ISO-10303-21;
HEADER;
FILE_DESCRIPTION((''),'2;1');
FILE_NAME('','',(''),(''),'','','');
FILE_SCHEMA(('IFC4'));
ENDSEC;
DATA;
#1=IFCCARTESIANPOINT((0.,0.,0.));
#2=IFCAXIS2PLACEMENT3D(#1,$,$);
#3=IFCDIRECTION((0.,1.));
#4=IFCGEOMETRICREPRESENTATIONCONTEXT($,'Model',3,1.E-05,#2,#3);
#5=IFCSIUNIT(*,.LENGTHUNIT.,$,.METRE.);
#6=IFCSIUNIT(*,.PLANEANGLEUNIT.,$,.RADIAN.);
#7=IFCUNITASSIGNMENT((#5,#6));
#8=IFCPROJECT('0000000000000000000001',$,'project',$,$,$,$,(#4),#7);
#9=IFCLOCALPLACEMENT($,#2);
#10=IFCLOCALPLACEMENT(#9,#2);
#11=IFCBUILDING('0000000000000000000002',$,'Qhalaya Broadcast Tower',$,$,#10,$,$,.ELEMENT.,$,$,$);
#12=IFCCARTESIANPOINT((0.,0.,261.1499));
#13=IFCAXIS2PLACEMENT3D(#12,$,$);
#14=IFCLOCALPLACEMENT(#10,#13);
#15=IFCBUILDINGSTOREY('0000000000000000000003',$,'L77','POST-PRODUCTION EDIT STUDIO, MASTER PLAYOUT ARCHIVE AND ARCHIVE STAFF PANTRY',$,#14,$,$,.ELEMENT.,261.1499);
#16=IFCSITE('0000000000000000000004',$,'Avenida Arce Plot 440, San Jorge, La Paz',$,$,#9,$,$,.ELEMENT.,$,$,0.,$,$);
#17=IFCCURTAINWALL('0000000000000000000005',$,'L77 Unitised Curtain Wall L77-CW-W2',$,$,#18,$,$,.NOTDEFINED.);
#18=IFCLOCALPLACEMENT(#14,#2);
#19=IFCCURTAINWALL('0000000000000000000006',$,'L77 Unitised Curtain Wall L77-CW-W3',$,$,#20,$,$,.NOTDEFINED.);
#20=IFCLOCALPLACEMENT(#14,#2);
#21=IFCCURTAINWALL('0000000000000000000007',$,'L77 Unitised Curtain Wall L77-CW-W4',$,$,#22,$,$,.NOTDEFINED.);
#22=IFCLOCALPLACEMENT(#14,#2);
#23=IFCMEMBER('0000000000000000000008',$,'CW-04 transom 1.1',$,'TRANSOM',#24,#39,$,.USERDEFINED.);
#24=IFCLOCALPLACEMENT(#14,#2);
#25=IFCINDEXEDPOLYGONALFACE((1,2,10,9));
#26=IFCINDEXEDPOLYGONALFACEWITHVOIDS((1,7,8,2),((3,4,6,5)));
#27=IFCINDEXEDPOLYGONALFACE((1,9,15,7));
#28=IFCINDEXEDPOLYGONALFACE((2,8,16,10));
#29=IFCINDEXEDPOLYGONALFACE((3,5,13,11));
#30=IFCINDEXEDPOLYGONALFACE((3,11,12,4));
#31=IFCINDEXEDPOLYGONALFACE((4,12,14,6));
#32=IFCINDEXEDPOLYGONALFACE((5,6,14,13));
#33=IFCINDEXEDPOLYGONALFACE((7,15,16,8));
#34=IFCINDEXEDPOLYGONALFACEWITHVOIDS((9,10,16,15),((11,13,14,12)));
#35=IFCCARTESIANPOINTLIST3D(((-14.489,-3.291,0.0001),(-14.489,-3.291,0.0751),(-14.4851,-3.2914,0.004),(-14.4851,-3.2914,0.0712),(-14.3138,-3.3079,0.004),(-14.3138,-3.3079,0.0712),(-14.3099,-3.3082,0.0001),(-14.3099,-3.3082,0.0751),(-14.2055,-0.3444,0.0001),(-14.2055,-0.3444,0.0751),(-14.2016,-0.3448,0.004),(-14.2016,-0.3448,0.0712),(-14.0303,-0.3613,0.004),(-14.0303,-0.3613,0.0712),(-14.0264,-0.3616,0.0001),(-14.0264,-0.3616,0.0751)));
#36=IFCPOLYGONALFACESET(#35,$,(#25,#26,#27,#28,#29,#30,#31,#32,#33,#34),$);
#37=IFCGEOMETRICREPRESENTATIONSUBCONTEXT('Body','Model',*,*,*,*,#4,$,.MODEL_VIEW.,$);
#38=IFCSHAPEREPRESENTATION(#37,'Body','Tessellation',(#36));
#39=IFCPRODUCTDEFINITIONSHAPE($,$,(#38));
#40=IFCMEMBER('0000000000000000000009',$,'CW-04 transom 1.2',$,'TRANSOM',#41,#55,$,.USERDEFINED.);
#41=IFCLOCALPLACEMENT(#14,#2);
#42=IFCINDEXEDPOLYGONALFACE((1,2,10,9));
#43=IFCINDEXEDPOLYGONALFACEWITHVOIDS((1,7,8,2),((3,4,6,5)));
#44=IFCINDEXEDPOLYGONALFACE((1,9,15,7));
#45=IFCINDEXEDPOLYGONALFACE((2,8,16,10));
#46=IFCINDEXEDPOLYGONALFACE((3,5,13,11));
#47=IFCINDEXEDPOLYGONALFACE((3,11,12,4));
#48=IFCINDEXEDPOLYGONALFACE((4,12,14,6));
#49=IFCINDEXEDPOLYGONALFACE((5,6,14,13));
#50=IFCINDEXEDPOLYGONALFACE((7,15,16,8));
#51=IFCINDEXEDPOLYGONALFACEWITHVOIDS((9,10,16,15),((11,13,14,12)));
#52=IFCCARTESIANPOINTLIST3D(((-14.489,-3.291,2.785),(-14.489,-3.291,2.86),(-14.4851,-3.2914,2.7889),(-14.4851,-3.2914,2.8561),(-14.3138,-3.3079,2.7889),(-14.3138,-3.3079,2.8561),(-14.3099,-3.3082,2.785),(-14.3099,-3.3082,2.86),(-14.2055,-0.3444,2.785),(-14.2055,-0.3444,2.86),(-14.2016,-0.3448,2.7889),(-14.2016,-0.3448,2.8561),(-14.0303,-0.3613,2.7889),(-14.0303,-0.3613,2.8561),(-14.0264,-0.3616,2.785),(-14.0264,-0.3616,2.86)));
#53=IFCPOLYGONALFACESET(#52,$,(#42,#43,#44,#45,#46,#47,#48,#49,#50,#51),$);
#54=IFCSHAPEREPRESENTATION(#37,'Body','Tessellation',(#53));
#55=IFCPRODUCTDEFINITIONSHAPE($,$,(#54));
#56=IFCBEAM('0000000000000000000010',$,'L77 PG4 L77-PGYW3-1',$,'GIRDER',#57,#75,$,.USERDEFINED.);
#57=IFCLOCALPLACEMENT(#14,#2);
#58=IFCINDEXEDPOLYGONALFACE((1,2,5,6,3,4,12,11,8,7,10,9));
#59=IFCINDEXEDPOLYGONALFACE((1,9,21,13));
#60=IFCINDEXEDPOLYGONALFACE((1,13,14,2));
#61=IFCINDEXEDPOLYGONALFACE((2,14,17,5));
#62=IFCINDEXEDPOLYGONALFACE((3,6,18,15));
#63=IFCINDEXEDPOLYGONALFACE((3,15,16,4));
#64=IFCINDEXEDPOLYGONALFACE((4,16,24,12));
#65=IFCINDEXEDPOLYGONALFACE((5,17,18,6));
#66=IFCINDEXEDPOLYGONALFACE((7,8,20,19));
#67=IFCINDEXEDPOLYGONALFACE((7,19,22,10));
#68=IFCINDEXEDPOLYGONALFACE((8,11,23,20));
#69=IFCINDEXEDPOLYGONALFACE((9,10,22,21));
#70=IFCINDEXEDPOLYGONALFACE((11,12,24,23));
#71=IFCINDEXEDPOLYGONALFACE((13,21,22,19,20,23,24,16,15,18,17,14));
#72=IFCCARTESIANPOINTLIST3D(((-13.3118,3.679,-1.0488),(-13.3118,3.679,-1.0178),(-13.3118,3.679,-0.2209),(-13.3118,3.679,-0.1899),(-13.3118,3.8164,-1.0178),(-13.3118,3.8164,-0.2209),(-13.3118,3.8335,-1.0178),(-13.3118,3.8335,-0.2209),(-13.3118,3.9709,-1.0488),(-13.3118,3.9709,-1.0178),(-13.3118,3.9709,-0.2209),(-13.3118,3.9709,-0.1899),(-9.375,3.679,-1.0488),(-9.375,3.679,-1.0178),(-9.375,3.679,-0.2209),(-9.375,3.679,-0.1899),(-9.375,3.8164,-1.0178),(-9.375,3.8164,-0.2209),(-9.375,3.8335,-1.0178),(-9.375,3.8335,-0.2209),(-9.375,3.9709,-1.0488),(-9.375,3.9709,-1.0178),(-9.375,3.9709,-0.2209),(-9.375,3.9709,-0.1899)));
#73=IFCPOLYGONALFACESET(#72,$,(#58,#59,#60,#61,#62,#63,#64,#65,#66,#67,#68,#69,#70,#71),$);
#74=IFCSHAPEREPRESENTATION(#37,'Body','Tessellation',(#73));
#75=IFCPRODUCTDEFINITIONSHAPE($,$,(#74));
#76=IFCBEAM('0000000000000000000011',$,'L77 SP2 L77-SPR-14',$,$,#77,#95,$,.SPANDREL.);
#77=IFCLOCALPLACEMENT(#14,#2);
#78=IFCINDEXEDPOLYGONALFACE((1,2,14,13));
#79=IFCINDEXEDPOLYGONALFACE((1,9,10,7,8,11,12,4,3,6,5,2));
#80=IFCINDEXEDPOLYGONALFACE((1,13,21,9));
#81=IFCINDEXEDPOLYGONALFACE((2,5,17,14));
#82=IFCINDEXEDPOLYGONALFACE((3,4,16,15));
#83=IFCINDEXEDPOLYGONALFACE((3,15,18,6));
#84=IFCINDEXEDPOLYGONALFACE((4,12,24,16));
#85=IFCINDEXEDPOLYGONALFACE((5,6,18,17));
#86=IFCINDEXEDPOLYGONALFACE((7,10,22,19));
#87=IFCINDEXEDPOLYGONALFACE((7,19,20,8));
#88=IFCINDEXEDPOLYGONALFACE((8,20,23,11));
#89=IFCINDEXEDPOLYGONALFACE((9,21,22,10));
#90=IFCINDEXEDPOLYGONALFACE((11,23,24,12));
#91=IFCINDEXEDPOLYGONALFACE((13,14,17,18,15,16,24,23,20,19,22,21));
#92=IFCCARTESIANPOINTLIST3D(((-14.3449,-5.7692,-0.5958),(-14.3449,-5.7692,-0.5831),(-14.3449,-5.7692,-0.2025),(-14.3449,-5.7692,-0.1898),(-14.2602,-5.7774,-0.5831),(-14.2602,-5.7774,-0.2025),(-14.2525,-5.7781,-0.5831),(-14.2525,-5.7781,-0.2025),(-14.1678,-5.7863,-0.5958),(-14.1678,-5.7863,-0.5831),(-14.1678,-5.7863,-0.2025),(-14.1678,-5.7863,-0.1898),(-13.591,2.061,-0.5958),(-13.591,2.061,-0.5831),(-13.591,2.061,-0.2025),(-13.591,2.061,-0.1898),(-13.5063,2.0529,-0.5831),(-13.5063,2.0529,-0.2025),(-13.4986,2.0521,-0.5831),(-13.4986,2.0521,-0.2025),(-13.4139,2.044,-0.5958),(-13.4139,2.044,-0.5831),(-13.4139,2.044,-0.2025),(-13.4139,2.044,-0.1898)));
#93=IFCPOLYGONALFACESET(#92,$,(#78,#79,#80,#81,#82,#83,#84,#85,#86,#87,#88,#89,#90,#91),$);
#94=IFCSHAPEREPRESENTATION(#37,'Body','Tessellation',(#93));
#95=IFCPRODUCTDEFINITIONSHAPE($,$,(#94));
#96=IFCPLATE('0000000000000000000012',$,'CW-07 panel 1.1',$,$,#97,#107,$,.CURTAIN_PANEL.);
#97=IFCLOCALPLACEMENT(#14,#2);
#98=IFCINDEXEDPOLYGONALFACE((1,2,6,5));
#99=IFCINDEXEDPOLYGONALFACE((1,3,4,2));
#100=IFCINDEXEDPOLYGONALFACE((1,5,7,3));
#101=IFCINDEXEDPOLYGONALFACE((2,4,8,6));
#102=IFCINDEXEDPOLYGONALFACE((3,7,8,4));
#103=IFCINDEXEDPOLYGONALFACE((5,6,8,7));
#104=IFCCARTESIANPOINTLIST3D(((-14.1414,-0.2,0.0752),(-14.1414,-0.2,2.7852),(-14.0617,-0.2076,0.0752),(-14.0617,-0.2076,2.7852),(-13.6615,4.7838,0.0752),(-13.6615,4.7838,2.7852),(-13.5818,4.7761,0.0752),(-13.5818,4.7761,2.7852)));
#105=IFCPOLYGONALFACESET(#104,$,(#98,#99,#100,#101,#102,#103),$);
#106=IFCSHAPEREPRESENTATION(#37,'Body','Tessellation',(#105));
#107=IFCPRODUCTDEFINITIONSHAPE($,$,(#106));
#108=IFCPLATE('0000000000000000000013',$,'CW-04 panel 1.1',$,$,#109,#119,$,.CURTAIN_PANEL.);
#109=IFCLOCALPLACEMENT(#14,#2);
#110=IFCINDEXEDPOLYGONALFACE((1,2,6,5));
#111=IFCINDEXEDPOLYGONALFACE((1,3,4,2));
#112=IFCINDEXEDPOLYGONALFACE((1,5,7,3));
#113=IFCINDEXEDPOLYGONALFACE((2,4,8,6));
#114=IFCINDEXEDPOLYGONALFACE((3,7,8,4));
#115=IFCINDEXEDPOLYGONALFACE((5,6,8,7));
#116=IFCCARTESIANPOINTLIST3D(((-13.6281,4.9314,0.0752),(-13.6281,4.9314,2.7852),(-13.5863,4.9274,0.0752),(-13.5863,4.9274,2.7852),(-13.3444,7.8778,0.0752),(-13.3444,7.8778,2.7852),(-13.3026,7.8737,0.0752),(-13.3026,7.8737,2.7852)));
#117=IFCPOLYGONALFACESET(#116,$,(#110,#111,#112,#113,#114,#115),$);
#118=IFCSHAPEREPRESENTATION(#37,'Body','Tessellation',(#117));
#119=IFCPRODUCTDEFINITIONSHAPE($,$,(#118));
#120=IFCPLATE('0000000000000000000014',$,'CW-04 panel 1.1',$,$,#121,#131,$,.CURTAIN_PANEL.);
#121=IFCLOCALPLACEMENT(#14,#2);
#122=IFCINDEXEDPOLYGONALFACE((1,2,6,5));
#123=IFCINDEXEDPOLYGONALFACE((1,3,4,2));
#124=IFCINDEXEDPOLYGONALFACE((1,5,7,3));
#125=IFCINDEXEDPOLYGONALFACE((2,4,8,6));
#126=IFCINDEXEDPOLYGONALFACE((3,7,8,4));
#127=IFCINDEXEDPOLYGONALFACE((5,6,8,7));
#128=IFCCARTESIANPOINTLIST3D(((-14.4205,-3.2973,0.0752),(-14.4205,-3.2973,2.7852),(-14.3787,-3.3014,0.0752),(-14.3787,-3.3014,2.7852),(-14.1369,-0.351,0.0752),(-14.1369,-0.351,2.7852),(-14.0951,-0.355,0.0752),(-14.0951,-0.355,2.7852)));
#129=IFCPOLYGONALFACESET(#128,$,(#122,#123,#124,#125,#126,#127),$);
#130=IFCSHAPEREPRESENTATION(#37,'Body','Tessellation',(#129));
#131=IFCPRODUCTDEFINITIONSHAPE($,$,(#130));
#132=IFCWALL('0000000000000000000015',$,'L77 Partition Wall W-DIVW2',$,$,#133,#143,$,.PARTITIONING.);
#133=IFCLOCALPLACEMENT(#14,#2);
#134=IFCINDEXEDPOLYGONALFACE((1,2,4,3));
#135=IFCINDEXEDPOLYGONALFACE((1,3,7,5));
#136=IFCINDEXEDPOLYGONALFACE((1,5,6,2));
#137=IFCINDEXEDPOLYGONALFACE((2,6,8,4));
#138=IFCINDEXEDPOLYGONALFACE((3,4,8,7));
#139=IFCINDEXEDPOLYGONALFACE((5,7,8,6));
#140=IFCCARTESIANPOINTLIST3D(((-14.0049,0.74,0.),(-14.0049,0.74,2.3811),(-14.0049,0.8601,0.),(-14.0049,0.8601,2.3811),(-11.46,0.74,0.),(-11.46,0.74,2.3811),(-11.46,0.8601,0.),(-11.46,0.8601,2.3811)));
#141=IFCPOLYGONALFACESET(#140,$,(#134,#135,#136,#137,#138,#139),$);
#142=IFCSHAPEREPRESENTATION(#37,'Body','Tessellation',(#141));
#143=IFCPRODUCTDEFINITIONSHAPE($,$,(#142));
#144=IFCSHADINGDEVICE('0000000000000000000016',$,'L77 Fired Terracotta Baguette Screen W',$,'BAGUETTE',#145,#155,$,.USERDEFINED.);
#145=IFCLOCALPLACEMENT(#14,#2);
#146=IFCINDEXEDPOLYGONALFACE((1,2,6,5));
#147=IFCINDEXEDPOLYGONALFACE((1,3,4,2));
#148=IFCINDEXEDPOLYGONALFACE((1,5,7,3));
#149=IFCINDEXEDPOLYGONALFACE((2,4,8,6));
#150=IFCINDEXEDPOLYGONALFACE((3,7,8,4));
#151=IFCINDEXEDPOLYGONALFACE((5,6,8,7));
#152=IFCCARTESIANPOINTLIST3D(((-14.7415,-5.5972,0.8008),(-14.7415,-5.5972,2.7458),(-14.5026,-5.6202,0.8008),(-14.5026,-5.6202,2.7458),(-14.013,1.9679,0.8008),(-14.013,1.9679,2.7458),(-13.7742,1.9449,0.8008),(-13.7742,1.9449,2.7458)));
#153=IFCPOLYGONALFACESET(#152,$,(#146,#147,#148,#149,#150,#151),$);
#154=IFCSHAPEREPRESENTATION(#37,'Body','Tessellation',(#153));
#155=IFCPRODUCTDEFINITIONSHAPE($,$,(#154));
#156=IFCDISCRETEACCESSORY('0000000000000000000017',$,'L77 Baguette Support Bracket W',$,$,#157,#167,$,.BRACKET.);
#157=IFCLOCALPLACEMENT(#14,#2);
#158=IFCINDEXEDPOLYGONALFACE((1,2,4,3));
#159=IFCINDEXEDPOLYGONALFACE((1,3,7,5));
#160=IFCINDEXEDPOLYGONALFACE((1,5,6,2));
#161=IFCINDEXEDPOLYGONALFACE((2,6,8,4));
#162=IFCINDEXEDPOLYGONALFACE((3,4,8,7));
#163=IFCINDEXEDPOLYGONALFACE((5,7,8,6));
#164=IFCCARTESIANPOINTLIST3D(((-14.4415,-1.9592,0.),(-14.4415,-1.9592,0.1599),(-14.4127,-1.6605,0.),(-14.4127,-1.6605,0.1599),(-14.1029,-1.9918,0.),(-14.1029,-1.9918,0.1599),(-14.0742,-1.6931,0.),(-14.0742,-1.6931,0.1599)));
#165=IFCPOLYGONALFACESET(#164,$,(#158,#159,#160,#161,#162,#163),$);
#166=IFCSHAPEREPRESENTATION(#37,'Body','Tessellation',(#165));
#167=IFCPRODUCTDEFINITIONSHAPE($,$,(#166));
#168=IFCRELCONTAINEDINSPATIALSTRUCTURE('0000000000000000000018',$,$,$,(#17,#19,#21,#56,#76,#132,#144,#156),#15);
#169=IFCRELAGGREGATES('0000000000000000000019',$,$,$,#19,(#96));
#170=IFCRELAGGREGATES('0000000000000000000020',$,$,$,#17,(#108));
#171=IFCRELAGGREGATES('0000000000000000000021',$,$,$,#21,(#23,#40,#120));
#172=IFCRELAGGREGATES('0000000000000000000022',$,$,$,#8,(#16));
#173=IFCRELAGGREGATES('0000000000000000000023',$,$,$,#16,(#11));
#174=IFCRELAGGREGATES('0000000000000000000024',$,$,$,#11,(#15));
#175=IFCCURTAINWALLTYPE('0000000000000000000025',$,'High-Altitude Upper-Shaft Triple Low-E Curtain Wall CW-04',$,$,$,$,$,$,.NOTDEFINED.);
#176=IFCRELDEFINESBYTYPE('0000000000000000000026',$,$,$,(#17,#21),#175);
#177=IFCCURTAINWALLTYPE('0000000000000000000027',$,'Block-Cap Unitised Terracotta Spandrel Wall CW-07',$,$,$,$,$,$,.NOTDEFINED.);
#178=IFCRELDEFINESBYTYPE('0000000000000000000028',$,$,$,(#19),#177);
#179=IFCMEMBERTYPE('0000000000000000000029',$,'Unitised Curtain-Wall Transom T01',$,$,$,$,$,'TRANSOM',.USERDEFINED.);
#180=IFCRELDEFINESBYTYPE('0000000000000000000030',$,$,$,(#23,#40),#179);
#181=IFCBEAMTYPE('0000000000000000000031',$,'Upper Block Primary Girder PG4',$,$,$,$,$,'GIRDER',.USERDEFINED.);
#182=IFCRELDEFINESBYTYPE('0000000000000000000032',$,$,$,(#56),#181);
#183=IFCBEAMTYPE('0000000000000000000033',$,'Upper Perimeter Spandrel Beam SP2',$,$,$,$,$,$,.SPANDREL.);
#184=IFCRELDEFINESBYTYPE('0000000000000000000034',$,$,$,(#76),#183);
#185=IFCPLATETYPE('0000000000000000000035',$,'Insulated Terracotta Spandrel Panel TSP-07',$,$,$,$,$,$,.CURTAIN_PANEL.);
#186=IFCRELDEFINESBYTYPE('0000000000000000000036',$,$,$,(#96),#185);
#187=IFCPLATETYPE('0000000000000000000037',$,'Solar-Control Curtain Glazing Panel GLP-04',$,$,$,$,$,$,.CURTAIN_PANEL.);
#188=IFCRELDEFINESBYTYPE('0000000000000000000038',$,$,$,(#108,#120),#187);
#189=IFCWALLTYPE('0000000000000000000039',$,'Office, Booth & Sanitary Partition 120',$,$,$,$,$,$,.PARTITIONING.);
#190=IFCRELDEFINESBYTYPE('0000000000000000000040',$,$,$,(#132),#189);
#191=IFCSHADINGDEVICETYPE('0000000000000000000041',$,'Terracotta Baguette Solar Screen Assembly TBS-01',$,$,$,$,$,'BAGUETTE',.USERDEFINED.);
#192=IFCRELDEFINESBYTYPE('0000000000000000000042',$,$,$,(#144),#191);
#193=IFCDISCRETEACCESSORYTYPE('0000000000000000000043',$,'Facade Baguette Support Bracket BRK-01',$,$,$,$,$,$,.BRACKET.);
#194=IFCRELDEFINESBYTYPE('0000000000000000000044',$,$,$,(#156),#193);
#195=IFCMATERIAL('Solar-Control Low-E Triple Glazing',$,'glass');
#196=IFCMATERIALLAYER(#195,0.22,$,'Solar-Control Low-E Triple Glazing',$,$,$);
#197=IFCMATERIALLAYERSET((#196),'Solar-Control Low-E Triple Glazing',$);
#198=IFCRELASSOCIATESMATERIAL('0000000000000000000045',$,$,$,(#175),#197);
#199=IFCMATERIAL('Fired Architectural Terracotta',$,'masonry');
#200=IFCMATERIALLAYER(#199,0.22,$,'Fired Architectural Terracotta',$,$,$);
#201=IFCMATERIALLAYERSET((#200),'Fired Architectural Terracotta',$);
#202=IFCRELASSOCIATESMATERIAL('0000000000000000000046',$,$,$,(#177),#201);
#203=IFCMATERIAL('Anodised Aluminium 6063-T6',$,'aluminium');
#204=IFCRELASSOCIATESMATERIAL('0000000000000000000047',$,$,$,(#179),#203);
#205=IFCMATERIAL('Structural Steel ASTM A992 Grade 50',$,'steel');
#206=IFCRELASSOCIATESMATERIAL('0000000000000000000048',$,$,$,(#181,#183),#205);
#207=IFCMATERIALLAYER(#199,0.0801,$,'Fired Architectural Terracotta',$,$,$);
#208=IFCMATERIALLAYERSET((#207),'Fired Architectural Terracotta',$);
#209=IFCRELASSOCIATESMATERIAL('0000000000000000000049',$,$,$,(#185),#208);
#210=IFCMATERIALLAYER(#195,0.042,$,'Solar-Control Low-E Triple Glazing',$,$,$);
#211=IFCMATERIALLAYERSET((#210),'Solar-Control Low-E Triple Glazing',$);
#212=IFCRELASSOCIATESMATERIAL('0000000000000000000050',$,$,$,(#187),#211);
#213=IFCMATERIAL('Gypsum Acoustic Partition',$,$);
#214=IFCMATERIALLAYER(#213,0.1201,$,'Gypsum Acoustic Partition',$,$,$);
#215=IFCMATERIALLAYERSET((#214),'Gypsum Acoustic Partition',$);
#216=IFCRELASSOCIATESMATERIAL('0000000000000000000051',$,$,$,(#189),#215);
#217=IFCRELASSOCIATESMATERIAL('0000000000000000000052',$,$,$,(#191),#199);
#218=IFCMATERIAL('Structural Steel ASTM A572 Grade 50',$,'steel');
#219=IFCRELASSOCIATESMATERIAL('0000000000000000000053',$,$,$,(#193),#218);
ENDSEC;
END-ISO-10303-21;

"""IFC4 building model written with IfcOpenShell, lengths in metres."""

from ifc_helpers import new_model, si_unit, direction, frame, frame_2d, origin, origin_2d, place, context, subcontext, project, spatial, rectangle, hollow_rectangle, i_section, extrude, material, layer, layer_set, material_profile, profile_set, type_object, element, aggregate, save


model = new_model("IFC4")

# Units and contexts
model_context = context("Model", 3, precision=1e-05, world=origin(), true_north=direction((0.0, 1.0)))
body_context = subcontext(model_context, "Body", "Model", "MODEL_VIEW")
ifc_project = project(units=[si_unit("LENGTHUNIT", "METRE"), si_unit("PLANEANGLEUNIT", "RADIAN")], contexts=[model_context])

# Site, building, storey
site_placement = place(None, origin())
site = spatial("IfcSite", under=ifc_project, at=site_placement, Name="Avenida Arce Plot 440, San Jorge, La Paz", CompositionType="ELEMENT", RefElevation=0.0)
building_placement = place(site_placement, origin())
building = spatial("IfcBuilding", under=site, at=building_placement, Name="Qhalaya Broadcast Tower", CompositionType="ELEMENT")
storey_placement = place(building_placement, frame((0.0, 0.0, 261.1499)))
storey = spatial("IfcBuildingStorey", under=building, at=storey_placement, Name="L77", Description="POST-PRODUCTION EDIT STUDIO, MASTER PLAYOUT ARCHIVE AND ARCHIVE STAFF PANTRY", CompositionType="ELEMENT", Elevation=261.1499)

# Shared definitions
ifc_material_1 = material(Name="Structural Steel ASTM A572 Grade 50", Category="steel")

# Shared definitions
ifc_material_2 = material(Name="Structural Steel ASTM A992 Grade 50", Category="steel")

# Curtain wall
ifc_material_3 = material(Name="Solar-Control Low-E Triple Glazing", Category="glass")
ifc_layer_1 = layer(ifc_material_3, 0.22, Name="Solar-Control Low-E Triple Glazing")
ifc_layer_set_1 = layer_set([ifc_layer_1], Name="Solar-Control Low-E Triple Glazing")
curtain_wall_type_1 = type_object("IfcCurtainWallType", Name="High-Altitude Upper-Shaft Triple Low-E Curtain Wall CW-04", PredefinedType="NOTDEFINED", material=ifc_layer_set_1)
curtain_wall_1_placement = place(storey_placement, origin())
curtain_wall_1 = element("IfcCurtainWall", 1, at=curtain_wall_1_placement, inside=storey, type_object=curtain_wall_type_1, Name="L77 Unitised Curtain Wall L77-CW-W2", PredefinedType="NOTDEFINED")
ifc_material_4 = material(Name="Anodised Aluminium 6063-T6", Category="aluminium")

# Curtain wall
ifc_material_5 = material(Name="Fired Architectural Terracotta", Category="masonry")
ifc_layer_2 = layer(ifc_material_5, 0.22, Name="Fired Architectural Terracotta")
ifc_layer_set_2 = layer_set([ifc_layer_2], Name="Fired Architectural Terracotta")
curtain_wall_type_2 = type_object("IfcCurtainWallType", Name="Block-Cap Unitised Terracotta Spandrel Wall CW-07", PredefinedType="NOTDEFINED", material=ifc_layer_set_2)
curtain_wall_2_placement = place(storey_placement, origin())
curtain_wall_2 = element("IfcCurtainWall", 2, at=curtain_wall_2_placement, inside=storey, type_object=curtain_wall_type_2, Name="L77 Unitised Curtain Wall L77-CW-W3", PredefinedType="NOTDEFINED")

# Curtain wall
curtain_wall_3_placement = place(storey_placement, origin())
curtain_wall_3 = element("IfcCurtainWall", 3, at=curtain_wall_3_placement, inside=storey, type_object=curtain_wall_type_1, Name="L77 Unitised Curtain Wall L77-CW-W4", PredefinedType="NOTDEFINED")

# Members
ifc_material_profile_1 = material_profile(ifc_material_4, hollow_rectangle(XDim=0.075, YDim=0.1799, WallThickness=0.0039, at=origin_2d()), Name="ALU-TRN 75x180x4")
ifc_profile_set_1 = profile_set([ifc_material_profile_1], Name="Anodised Aluminium 6063-T6")
member_type_1 = type_object("IfcMemberType", Name="Unitised Curtain-Wall Transom T01", ElementType="TRANSOM", PredefinedType="USERDEFINED", material=ifc_profile_set_1)
member_1_placement = place(storey_placement, frame((-14.116, -0.353, 0.0376), z_axis=(-0.095755, -0.995405, 0.0), x_axis=(0.0, 0.0, 1.0)))
member_1 = element("IfcMember", 4, at=member_1_placement, type_object=member_type_1, Name="CW-04 transom 1.1", ObjectType="TRANSOM", PredefinedType="USERDEFINED", context=body_context, shape_type="SweptSolid", body=[
    extrude(hollow_rectangle(XDim=0.075, YDim=0.1799, WallThickness=0.0039, at=origin_2d()), origin(), (0.0, 0.0, 1.0), 2.9602),
])
member_2_placement = place(storey_placement, frame((-14.116, -0.353, 2.8225), z_axis=(-0.095755, -0.995405, 0.0), x_axis=(0.0, 0.0, 1.0)))
member_2 = element("IfcMember", 5, at=member_2_placement, type_object=member_type_1, Name="CW-04 transom 1.2", ObjectType="TRANSOM", PredefinedType="USERDEFINED", context=body_context, shape_type="SweptSolid", body=[
    extrude(hollow_rectangle(XDim=0.075, YDim=0.1799, WallThickness=0.0039, at=origin_2d()), origin(), (0.0, 0.0, 1.0), 2.9602),
])

# Beams
ifc_material_profile_2 = material_profile(ifc_material_2, i_section(OverallWidth=0.292, OverallDepth=0.8589, WebThickness=0.0171, FlangeThickness=0.031, at=origin_2d()), Name="W33X169")
ifc_profile_set_2 = profile_set([ifc_material_profile_2], Name="Structural Steel ASTM A992 Grade 50")
beam_type_1 = type_object("IfcBeamType", Name="Upper Block Primary Girder PG4", ElementType="GIRDER", PredefinedType="USERDEFINED", material=ifc_profile_set_2)
beam_1_placement = place(storey_placement, frame((-13.3118, 3.825, -0.6194), z_axis=(1.0, 0.0, 0.0), x_axis=(0.0, 1.0, 0.0)))
element("IfcBeam", 6, at=beam_1_placement, inside=storey, type_object=beam_type_1, Name="L77 PG4 L77-PGYW3-1", ObjectType="GIRDER", PredefinedType="USERDEFINED", context=body_context, shape_type="SweptSolid", body=[
    extrude(i_section(OverallWidth=0.292, OverallDepth=0.8589, WebThickness=0.0171, FlangeThickness=0.031, at=origin_2d()), origin(), (0.0, 0.0, 1.0), 3.9368),
])
ifc_material_profile_3 = material_profile(ifc_material_2, i_section(OverallWidth=0.178, OverallDepth=0.406, WebThickness=0.0078, FlangeThickness=0.0127, at=origin_2d()), Name="W16X40")
ifc_profile_set_3 = profile_set([ifc_material_profile_3], Name="Structural Steel ASTM A992 Grade 50")
beam_type_2 = type_object("IfcBeamType", Name="Upper Perimeter Spandrel Beam SP2", PredefinedType="SPANDREL", material=ifc_profile_set_3)
beam_2_placement = place(storey_placement, frame((-13.5024, 2.0525, -0.3928), z_axis=(-0.095837, -0.995397, 0.0), x_axis=(0.995397, -0.095837, 0.0)))
element("IfcBeam", 7, at=beam_2_placement, inside=storey, type_object=beam_type_2, Name="L77 SP2 L77-SPR-14", PredefinedType="SPANDREL", context=body_context, shape_type="SweptSolid", body=[
    extrude(i_section(OverallWidth=0.178, OverallDepth=0.406, WebThickness=0.0078, FlangeThickness=0.0127, at=origin_2d()), origin(), (0.0, 0.0, 1.0), 7.8665),
])

# Plates
ifc_layer_3 = layer(ifc_material_5, 0.0801, Name="Fired Architectural Terracotta")
ifc_layer_set_3 = layer_set([ifc_layer_3], Name="Fired Architectural Terracotta")
plate_type_1 = type_object("IfcPlateType", Name="Insulated Terracotta Spandrel Panel TSP-07", PredefinedType="CURTAIN_PANEL", material=ifc_layer_set_3)
plate_1_placement = place(storey_placement, frame((-13.8616, 2.2881, 0.0752), z_axis=(0.0, 0.0, 1.0), x_axis=(-0.095851, -0.995396, 0.0)))
plate_1 = element("IfcPlate", 8, at=plate_1_placement, type_object=plate_type_1, Name="CW-07 panel 1.1", PredefinedType="CURTAIN_PANEL", context=body_context, shape_type="SweptSolid", body=[
    extrude(rectangle(XDim=5.0068, YDim=0.0801, at=origin_2d()), origin(), (0.0, 0.0, 1.0), 2.71),
])
aggregate(curtain_wall_2, [plate_1])
ifc_layer_4 = layer(ifc_material_3, 0.042, Name="Solar-Control Low-E Triple Glazing")
ifc_layer_set_4 = layer_set([ifc_layer_4], Name="Solar-Control Low-E Triple Glazing")
plate_type_2 = type_object("IfcPlateType", Name="Solar-Control Curtain Glazing Panel GLP-04", PredefinedType="CURTAIN_PANEL", material=ifc_layer_set_4)
plate_2_placement = place(storey_placement, frame((-13.4653, 6.4026, 0.0752), z_axis=(0.0, 0.0, 1.0), x_axis=(-0.095851, -0.995396, 0.0)))
plate_2 = element("IfcPlate", 9, at=plate_2_placement, type_object=plate_type_2, Name="CW-04 panel 1.1", PredefinedType="CURTAIN_PANEL", context=body_context, shape_type="SweptSolid", body=[
    extrude(rectangle(XDim=2.96, YDim=0.042, at=origin_2d()), origin(), (0.0, 0.0, 1.0), 2.71),
])
aggregate(curtain_wall_1, [plate_2])
plate_3_placement = place(storey_placement, frame((-14.2578, -1.8262, 0.0752), z_axis=(0.0, 0.0, 1.0), x_axis=(-0.09582, -0.995399, 0.0)))
plate_3 = element("IfcPlate", 10, at=plate_3_placement, type_object=plate_type_2, Name="CW-04 panel 1.1", PredefinedType="CURTAIN_PANEL", context=body_context, shape_type="SweptSolid", body=[
    extrude(rectangle(XDim=2.96, YDim=0.042, at=origin_2d()), origin(), (0.0, 0.0, 1.0), 2.71),
])
aggregate(curtain_wall_3, [member_1, member_2, plate_3])

# Wall
ifc_material_6 = material(Name="Gypsum Acoustic Partition")
ifc_layer_5 = layer(ifc_material_6, 0.1201, Name="Gypsum Acoustic Partition")
ifc_layer_set_5 = layer_set([ifc_layer_5], Name="Gypsum Acoustic Partition")
wall_type = type_object("IfcWallType", Name="Office, Booth & Sanitary Partition 120", PredefinedType="PARTITIONING", material=ifc_layer_set_5)
wall_placement = place(storey_placement, frame((-14.0049, 0.8, 0.0), z_axis=(0.0, 0.0, 1.0), x_axis=(1.0, 0.0, 0.0)))
element("IfcWall", 11, at=wall_placement, inside=storey, type_object=wall_type, Name="L77 Partition Wall W-DIVW2", PredefinedType="PARTITIONING", context=body_context, shape_type="SweptSolid", body=[
    extrude(rectangle(XDim=2.5449, YDim=0.1201, at=frame_2d((1.2725, 0.0))), origin(), (0.0, 0.0, 1.0), 2.3811),
])

# Shading device
shading_device_type = type_object("IfcShadingDeviceType", Name="Terracotta Baguette Solar Screen Assembly TBS-01", ElementType="BAGUETTE", PredefinedType="USERDEFINED", material=ifc_material_5)
shading_device_placement = place(storey_placement, frame((-14.2578, -1.8262, 0.8008), z_axis=(0.0, 0.0, 1.0), x_axis=(-0.095846, -0.995396, 0.0)))
element("IfcShadingDevice", 12, at=shading_device_placement, inside=storey, type_object=shading_device_type, Name="L77 Fired Terracotta Baguette Screen W", ObjectType="BAGUETTE", PredefinedType="USERDEFINED", context=body_context, shape_type="SweptSolid", body=[
    extrude(rectangle(XDim=7.6001, YDim=0.24, at=origin_2d()), origin(), (0.0, 0.0, 1.0), 1.9451),
])

# Discrete accessory
discrete_accessory_type = type_object("IfcDiscreteAccessoryType", Name="Facade Baguette Support Bracket BRK-01", PredefinedType="BRACKET", material=ifc_material_1)
discrete_accessory_placement = place(storey_placement, frame((-14.2578, -1.8262, 0.0), z_axis=(0.0, 0.0, 1.0), x_axis=(-0.095846, -0.995396, 0.0)))
element("IfcDiscreteAccessory", 13, at=discrete_accessory_placement, inside=storey, type_object=discrete_accessory_type, Name="L77 Baguette Support Bracket W", PredefinedType="BRACKET", context=body_context, shape_type="SweptSolid", body=[
    extrude(rectangle(XDim=0.3, YDim=0.3401, at=origin_2d()), origin(), (0.0, 0.0, 1.0), 0.1599),
])

save(model, "model.ifc")
